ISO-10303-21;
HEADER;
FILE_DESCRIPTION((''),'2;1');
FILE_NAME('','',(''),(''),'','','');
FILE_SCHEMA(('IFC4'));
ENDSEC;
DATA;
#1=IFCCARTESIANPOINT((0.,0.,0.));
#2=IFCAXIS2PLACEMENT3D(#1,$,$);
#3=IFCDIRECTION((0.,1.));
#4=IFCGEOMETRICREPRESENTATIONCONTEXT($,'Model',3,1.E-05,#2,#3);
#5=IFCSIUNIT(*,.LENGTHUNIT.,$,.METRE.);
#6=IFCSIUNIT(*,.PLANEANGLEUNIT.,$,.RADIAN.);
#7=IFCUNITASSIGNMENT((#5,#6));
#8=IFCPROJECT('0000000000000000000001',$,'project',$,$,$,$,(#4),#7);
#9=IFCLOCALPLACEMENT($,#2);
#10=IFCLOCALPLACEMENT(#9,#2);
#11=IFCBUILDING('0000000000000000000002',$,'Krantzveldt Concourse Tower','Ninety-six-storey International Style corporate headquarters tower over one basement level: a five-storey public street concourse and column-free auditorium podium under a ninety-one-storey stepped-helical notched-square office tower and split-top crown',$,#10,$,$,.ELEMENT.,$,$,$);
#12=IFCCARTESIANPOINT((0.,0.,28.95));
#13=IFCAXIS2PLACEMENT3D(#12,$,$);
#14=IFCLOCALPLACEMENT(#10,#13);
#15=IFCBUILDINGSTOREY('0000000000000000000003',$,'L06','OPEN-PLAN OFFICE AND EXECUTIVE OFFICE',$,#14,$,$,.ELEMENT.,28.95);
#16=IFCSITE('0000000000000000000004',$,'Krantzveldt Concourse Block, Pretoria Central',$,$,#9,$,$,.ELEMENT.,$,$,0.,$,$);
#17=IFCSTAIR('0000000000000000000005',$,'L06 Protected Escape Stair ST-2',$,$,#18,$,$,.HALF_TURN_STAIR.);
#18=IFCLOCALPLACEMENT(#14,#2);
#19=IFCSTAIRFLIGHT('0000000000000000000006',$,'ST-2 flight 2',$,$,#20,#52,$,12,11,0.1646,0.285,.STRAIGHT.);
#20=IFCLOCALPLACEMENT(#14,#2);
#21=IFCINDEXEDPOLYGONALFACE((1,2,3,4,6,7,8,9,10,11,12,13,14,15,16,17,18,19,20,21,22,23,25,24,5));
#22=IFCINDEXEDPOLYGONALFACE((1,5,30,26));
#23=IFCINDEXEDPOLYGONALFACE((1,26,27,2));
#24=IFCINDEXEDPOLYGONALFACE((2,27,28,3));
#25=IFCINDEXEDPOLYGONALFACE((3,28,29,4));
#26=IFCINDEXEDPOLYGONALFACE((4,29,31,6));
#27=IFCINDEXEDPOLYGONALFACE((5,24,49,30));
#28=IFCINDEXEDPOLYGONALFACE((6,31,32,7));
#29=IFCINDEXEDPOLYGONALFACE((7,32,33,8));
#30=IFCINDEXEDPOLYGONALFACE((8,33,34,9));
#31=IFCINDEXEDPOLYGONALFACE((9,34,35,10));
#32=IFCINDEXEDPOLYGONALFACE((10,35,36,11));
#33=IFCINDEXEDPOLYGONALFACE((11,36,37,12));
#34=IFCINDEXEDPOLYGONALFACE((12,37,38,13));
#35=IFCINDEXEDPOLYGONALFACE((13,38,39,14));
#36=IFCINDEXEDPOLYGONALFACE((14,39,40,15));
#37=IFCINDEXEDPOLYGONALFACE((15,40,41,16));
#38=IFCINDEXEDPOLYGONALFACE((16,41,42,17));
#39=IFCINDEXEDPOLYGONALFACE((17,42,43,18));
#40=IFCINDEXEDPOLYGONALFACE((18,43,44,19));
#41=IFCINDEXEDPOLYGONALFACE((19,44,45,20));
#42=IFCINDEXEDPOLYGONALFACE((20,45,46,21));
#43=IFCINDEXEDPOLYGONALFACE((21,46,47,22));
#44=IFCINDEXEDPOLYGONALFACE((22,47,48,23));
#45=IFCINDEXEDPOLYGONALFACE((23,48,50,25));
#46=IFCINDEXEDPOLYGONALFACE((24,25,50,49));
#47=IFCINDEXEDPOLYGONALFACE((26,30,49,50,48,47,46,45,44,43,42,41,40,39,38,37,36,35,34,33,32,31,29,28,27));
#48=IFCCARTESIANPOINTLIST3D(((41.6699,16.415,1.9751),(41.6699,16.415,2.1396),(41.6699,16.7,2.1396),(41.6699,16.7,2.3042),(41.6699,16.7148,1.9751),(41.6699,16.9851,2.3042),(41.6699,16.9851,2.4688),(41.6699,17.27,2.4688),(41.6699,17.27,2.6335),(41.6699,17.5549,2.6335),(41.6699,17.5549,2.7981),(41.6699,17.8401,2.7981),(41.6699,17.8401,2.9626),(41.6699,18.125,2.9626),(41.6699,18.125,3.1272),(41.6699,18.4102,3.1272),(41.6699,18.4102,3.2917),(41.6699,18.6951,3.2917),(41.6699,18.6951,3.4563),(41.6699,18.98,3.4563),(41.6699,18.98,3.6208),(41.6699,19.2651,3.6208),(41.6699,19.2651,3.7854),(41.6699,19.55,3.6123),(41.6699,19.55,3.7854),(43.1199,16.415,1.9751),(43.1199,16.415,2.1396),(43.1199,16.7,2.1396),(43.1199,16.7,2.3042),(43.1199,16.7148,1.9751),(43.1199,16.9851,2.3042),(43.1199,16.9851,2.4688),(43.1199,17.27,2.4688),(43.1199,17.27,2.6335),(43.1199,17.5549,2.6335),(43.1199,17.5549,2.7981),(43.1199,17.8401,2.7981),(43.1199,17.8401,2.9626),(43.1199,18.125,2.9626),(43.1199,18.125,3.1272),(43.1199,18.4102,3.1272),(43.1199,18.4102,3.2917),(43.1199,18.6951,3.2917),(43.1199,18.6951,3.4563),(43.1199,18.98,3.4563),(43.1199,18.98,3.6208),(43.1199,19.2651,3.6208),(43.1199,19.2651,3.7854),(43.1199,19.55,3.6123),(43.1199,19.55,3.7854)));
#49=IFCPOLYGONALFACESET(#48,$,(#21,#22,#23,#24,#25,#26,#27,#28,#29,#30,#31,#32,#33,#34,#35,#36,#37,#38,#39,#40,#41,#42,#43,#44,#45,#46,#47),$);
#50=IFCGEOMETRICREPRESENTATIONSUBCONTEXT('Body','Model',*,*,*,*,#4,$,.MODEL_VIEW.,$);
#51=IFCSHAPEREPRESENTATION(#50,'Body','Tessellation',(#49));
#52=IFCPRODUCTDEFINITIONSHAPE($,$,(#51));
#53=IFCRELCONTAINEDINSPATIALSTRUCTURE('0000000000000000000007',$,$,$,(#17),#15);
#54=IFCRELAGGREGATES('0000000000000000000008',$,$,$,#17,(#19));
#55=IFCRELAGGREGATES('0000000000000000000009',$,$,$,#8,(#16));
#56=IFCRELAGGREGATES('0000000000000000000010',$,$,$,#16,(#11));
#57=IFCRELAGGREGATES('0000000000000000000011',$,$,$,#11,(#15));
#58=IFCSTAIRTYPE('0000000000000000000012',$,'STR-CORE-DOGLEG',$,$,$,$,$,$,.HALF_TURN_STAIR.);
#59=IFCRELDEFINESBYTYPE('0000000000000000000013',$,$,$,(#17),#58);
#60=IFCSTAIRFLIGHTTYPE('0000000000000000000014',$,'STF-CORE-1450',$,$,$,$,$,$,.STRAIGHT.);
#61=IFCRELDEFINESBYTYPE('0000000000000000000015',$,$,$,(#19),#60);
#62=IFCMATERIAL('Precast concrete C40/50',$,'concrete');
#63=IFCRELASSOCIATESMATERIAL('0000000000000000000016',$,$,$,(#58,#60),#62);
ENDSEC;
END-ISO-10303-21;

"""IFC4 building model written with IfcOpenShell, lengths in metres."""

from ifc_helpers import new_model, si_unit, direction, frame, origin, place, context, subcontext, project, spatial, polyline, outline, extrude, material, type_object, element, aggregate, save


model = new_model("IFC4")

# Units and contexts
model_context = context("Model", 3, precision=1e-05, world=origin(), true_north=direction((0.0, 1.0)))
body_context = subcontext(model_context, "Body", "Model", "MODEL_VIEW")
ifc_project = project(units=[si_unit("LENGTHUNIT", "METRE"), si_unit("PLANEANGLEUNIT", "RADIAN")], contexts=[model_context])

# Site, building, storey
site_placement = place(None, origin())
site = spatial("IfcSite", under=ifc_project, at=site_placement, Name="Krantzveldt Concourse Block, Pretoria Central", CompositionType="ELEMENT", RefElevation=0.0)
building_placement = place(site_placement, origin())
building = spatial("IfcBuilding", under=site, at=building_placement, Name="Krantzveldt Concourse Tower", Description="Ninety-six-storey International Style corporate headquarters tower over one basement level: a five-storey public street concourse and column-free auditorium podium under a ninety-one-storey stepped-helical notched-square office tower and split-top crown", CompositionType="ELEMENT")
storey_placement = place(building_placement, frame((0.0, 0.0, 28.95)))
storey = spatial("IfcBuildingStorey", under=building, at=storey_placement, Name="L06", Description="OPEN-PLAN OFFICE AND EXECUTIVE OFFICE", CompositionType="ELEMENT", Elevation=28.95)

# Stair, stair flight
ifc_material_1 = material(Name="Precast concrete C40/50", Category="concrete")
stair_type = type_object("IfcStairType", Name="STR-CORE-DOGLEG", PredefinedType="HALF_TURN_STAIR", material=ifc_material_1)
stair_placement = place(storey_placement, origin())
stair = element("IfcStair", 1, at=stair_placement, inside=storey, type_object=stair_type, Name="L06 Protected Escape Stair ST-2", PredefinedType="HALF_TURN_STAIR")
stair_flight_type = type_object("IfcStairFlightType", Name="STF-CORE-1450", PredefinedType="STRAIGHT", material=ifc_material_1)
stair_flight_1_placement = place(storey_placement, frame((42.395, 16.415, 1.9751), z_axis=(0.0, 0.0, 1.0), x_axis=(0.0, 1.0, 0.0)))
stair_flight_1 = element("IfcStairFlight", 2, at=stair_flight_1_placement, type_object=stair_flight_type, Name="ST-2 flight 2", NumberOfRisers=12, NumberOfTreads=11, PredefinedType="STRAIGHT", RiserHeight=0.1646, TreadLength=0.285, context=body_context, shape_type="SweptSolid", body=[
    extrude(outline(polyline([(0.0, 0.0), (0.0, 0.1646), (0.2849, 0.1646), (0.2849, 0.3291), (0.5701, 0.3291), (0.5701, 0.4937), (0.855, 0.4937), (0.855, 0.6584), (1.1399, 0.6584), (1.1399, 0.823), (1.425, 0.823), (1.425, 0.9875), (1.71, 0.9875), (1.71, 1.1521), (1.9951, 1.1521), (1.9951, 1.3167), (2.28, 1.3167), (2.28, 1.4812), (2.5649, 1.4812), (2.5649, 1.6458), (2.8501, 1.6458), (2.8501, 1.8103), (3.135, 1.8103), (3.135, 1.9751), (3.135, 1.6372), (0.2998, 0.0), (0.0, 0.0)])), frame((0.0, 0.7251, 0.0), z_axis=(0.0, -1.0, 0.0), x_axis=(1.0, 0.0, 0.0)), (0.0, 0.0, 1.0), 1.45),
])
aggregate(stair, [stair_flight_1])

save(model, "model.ifc")
